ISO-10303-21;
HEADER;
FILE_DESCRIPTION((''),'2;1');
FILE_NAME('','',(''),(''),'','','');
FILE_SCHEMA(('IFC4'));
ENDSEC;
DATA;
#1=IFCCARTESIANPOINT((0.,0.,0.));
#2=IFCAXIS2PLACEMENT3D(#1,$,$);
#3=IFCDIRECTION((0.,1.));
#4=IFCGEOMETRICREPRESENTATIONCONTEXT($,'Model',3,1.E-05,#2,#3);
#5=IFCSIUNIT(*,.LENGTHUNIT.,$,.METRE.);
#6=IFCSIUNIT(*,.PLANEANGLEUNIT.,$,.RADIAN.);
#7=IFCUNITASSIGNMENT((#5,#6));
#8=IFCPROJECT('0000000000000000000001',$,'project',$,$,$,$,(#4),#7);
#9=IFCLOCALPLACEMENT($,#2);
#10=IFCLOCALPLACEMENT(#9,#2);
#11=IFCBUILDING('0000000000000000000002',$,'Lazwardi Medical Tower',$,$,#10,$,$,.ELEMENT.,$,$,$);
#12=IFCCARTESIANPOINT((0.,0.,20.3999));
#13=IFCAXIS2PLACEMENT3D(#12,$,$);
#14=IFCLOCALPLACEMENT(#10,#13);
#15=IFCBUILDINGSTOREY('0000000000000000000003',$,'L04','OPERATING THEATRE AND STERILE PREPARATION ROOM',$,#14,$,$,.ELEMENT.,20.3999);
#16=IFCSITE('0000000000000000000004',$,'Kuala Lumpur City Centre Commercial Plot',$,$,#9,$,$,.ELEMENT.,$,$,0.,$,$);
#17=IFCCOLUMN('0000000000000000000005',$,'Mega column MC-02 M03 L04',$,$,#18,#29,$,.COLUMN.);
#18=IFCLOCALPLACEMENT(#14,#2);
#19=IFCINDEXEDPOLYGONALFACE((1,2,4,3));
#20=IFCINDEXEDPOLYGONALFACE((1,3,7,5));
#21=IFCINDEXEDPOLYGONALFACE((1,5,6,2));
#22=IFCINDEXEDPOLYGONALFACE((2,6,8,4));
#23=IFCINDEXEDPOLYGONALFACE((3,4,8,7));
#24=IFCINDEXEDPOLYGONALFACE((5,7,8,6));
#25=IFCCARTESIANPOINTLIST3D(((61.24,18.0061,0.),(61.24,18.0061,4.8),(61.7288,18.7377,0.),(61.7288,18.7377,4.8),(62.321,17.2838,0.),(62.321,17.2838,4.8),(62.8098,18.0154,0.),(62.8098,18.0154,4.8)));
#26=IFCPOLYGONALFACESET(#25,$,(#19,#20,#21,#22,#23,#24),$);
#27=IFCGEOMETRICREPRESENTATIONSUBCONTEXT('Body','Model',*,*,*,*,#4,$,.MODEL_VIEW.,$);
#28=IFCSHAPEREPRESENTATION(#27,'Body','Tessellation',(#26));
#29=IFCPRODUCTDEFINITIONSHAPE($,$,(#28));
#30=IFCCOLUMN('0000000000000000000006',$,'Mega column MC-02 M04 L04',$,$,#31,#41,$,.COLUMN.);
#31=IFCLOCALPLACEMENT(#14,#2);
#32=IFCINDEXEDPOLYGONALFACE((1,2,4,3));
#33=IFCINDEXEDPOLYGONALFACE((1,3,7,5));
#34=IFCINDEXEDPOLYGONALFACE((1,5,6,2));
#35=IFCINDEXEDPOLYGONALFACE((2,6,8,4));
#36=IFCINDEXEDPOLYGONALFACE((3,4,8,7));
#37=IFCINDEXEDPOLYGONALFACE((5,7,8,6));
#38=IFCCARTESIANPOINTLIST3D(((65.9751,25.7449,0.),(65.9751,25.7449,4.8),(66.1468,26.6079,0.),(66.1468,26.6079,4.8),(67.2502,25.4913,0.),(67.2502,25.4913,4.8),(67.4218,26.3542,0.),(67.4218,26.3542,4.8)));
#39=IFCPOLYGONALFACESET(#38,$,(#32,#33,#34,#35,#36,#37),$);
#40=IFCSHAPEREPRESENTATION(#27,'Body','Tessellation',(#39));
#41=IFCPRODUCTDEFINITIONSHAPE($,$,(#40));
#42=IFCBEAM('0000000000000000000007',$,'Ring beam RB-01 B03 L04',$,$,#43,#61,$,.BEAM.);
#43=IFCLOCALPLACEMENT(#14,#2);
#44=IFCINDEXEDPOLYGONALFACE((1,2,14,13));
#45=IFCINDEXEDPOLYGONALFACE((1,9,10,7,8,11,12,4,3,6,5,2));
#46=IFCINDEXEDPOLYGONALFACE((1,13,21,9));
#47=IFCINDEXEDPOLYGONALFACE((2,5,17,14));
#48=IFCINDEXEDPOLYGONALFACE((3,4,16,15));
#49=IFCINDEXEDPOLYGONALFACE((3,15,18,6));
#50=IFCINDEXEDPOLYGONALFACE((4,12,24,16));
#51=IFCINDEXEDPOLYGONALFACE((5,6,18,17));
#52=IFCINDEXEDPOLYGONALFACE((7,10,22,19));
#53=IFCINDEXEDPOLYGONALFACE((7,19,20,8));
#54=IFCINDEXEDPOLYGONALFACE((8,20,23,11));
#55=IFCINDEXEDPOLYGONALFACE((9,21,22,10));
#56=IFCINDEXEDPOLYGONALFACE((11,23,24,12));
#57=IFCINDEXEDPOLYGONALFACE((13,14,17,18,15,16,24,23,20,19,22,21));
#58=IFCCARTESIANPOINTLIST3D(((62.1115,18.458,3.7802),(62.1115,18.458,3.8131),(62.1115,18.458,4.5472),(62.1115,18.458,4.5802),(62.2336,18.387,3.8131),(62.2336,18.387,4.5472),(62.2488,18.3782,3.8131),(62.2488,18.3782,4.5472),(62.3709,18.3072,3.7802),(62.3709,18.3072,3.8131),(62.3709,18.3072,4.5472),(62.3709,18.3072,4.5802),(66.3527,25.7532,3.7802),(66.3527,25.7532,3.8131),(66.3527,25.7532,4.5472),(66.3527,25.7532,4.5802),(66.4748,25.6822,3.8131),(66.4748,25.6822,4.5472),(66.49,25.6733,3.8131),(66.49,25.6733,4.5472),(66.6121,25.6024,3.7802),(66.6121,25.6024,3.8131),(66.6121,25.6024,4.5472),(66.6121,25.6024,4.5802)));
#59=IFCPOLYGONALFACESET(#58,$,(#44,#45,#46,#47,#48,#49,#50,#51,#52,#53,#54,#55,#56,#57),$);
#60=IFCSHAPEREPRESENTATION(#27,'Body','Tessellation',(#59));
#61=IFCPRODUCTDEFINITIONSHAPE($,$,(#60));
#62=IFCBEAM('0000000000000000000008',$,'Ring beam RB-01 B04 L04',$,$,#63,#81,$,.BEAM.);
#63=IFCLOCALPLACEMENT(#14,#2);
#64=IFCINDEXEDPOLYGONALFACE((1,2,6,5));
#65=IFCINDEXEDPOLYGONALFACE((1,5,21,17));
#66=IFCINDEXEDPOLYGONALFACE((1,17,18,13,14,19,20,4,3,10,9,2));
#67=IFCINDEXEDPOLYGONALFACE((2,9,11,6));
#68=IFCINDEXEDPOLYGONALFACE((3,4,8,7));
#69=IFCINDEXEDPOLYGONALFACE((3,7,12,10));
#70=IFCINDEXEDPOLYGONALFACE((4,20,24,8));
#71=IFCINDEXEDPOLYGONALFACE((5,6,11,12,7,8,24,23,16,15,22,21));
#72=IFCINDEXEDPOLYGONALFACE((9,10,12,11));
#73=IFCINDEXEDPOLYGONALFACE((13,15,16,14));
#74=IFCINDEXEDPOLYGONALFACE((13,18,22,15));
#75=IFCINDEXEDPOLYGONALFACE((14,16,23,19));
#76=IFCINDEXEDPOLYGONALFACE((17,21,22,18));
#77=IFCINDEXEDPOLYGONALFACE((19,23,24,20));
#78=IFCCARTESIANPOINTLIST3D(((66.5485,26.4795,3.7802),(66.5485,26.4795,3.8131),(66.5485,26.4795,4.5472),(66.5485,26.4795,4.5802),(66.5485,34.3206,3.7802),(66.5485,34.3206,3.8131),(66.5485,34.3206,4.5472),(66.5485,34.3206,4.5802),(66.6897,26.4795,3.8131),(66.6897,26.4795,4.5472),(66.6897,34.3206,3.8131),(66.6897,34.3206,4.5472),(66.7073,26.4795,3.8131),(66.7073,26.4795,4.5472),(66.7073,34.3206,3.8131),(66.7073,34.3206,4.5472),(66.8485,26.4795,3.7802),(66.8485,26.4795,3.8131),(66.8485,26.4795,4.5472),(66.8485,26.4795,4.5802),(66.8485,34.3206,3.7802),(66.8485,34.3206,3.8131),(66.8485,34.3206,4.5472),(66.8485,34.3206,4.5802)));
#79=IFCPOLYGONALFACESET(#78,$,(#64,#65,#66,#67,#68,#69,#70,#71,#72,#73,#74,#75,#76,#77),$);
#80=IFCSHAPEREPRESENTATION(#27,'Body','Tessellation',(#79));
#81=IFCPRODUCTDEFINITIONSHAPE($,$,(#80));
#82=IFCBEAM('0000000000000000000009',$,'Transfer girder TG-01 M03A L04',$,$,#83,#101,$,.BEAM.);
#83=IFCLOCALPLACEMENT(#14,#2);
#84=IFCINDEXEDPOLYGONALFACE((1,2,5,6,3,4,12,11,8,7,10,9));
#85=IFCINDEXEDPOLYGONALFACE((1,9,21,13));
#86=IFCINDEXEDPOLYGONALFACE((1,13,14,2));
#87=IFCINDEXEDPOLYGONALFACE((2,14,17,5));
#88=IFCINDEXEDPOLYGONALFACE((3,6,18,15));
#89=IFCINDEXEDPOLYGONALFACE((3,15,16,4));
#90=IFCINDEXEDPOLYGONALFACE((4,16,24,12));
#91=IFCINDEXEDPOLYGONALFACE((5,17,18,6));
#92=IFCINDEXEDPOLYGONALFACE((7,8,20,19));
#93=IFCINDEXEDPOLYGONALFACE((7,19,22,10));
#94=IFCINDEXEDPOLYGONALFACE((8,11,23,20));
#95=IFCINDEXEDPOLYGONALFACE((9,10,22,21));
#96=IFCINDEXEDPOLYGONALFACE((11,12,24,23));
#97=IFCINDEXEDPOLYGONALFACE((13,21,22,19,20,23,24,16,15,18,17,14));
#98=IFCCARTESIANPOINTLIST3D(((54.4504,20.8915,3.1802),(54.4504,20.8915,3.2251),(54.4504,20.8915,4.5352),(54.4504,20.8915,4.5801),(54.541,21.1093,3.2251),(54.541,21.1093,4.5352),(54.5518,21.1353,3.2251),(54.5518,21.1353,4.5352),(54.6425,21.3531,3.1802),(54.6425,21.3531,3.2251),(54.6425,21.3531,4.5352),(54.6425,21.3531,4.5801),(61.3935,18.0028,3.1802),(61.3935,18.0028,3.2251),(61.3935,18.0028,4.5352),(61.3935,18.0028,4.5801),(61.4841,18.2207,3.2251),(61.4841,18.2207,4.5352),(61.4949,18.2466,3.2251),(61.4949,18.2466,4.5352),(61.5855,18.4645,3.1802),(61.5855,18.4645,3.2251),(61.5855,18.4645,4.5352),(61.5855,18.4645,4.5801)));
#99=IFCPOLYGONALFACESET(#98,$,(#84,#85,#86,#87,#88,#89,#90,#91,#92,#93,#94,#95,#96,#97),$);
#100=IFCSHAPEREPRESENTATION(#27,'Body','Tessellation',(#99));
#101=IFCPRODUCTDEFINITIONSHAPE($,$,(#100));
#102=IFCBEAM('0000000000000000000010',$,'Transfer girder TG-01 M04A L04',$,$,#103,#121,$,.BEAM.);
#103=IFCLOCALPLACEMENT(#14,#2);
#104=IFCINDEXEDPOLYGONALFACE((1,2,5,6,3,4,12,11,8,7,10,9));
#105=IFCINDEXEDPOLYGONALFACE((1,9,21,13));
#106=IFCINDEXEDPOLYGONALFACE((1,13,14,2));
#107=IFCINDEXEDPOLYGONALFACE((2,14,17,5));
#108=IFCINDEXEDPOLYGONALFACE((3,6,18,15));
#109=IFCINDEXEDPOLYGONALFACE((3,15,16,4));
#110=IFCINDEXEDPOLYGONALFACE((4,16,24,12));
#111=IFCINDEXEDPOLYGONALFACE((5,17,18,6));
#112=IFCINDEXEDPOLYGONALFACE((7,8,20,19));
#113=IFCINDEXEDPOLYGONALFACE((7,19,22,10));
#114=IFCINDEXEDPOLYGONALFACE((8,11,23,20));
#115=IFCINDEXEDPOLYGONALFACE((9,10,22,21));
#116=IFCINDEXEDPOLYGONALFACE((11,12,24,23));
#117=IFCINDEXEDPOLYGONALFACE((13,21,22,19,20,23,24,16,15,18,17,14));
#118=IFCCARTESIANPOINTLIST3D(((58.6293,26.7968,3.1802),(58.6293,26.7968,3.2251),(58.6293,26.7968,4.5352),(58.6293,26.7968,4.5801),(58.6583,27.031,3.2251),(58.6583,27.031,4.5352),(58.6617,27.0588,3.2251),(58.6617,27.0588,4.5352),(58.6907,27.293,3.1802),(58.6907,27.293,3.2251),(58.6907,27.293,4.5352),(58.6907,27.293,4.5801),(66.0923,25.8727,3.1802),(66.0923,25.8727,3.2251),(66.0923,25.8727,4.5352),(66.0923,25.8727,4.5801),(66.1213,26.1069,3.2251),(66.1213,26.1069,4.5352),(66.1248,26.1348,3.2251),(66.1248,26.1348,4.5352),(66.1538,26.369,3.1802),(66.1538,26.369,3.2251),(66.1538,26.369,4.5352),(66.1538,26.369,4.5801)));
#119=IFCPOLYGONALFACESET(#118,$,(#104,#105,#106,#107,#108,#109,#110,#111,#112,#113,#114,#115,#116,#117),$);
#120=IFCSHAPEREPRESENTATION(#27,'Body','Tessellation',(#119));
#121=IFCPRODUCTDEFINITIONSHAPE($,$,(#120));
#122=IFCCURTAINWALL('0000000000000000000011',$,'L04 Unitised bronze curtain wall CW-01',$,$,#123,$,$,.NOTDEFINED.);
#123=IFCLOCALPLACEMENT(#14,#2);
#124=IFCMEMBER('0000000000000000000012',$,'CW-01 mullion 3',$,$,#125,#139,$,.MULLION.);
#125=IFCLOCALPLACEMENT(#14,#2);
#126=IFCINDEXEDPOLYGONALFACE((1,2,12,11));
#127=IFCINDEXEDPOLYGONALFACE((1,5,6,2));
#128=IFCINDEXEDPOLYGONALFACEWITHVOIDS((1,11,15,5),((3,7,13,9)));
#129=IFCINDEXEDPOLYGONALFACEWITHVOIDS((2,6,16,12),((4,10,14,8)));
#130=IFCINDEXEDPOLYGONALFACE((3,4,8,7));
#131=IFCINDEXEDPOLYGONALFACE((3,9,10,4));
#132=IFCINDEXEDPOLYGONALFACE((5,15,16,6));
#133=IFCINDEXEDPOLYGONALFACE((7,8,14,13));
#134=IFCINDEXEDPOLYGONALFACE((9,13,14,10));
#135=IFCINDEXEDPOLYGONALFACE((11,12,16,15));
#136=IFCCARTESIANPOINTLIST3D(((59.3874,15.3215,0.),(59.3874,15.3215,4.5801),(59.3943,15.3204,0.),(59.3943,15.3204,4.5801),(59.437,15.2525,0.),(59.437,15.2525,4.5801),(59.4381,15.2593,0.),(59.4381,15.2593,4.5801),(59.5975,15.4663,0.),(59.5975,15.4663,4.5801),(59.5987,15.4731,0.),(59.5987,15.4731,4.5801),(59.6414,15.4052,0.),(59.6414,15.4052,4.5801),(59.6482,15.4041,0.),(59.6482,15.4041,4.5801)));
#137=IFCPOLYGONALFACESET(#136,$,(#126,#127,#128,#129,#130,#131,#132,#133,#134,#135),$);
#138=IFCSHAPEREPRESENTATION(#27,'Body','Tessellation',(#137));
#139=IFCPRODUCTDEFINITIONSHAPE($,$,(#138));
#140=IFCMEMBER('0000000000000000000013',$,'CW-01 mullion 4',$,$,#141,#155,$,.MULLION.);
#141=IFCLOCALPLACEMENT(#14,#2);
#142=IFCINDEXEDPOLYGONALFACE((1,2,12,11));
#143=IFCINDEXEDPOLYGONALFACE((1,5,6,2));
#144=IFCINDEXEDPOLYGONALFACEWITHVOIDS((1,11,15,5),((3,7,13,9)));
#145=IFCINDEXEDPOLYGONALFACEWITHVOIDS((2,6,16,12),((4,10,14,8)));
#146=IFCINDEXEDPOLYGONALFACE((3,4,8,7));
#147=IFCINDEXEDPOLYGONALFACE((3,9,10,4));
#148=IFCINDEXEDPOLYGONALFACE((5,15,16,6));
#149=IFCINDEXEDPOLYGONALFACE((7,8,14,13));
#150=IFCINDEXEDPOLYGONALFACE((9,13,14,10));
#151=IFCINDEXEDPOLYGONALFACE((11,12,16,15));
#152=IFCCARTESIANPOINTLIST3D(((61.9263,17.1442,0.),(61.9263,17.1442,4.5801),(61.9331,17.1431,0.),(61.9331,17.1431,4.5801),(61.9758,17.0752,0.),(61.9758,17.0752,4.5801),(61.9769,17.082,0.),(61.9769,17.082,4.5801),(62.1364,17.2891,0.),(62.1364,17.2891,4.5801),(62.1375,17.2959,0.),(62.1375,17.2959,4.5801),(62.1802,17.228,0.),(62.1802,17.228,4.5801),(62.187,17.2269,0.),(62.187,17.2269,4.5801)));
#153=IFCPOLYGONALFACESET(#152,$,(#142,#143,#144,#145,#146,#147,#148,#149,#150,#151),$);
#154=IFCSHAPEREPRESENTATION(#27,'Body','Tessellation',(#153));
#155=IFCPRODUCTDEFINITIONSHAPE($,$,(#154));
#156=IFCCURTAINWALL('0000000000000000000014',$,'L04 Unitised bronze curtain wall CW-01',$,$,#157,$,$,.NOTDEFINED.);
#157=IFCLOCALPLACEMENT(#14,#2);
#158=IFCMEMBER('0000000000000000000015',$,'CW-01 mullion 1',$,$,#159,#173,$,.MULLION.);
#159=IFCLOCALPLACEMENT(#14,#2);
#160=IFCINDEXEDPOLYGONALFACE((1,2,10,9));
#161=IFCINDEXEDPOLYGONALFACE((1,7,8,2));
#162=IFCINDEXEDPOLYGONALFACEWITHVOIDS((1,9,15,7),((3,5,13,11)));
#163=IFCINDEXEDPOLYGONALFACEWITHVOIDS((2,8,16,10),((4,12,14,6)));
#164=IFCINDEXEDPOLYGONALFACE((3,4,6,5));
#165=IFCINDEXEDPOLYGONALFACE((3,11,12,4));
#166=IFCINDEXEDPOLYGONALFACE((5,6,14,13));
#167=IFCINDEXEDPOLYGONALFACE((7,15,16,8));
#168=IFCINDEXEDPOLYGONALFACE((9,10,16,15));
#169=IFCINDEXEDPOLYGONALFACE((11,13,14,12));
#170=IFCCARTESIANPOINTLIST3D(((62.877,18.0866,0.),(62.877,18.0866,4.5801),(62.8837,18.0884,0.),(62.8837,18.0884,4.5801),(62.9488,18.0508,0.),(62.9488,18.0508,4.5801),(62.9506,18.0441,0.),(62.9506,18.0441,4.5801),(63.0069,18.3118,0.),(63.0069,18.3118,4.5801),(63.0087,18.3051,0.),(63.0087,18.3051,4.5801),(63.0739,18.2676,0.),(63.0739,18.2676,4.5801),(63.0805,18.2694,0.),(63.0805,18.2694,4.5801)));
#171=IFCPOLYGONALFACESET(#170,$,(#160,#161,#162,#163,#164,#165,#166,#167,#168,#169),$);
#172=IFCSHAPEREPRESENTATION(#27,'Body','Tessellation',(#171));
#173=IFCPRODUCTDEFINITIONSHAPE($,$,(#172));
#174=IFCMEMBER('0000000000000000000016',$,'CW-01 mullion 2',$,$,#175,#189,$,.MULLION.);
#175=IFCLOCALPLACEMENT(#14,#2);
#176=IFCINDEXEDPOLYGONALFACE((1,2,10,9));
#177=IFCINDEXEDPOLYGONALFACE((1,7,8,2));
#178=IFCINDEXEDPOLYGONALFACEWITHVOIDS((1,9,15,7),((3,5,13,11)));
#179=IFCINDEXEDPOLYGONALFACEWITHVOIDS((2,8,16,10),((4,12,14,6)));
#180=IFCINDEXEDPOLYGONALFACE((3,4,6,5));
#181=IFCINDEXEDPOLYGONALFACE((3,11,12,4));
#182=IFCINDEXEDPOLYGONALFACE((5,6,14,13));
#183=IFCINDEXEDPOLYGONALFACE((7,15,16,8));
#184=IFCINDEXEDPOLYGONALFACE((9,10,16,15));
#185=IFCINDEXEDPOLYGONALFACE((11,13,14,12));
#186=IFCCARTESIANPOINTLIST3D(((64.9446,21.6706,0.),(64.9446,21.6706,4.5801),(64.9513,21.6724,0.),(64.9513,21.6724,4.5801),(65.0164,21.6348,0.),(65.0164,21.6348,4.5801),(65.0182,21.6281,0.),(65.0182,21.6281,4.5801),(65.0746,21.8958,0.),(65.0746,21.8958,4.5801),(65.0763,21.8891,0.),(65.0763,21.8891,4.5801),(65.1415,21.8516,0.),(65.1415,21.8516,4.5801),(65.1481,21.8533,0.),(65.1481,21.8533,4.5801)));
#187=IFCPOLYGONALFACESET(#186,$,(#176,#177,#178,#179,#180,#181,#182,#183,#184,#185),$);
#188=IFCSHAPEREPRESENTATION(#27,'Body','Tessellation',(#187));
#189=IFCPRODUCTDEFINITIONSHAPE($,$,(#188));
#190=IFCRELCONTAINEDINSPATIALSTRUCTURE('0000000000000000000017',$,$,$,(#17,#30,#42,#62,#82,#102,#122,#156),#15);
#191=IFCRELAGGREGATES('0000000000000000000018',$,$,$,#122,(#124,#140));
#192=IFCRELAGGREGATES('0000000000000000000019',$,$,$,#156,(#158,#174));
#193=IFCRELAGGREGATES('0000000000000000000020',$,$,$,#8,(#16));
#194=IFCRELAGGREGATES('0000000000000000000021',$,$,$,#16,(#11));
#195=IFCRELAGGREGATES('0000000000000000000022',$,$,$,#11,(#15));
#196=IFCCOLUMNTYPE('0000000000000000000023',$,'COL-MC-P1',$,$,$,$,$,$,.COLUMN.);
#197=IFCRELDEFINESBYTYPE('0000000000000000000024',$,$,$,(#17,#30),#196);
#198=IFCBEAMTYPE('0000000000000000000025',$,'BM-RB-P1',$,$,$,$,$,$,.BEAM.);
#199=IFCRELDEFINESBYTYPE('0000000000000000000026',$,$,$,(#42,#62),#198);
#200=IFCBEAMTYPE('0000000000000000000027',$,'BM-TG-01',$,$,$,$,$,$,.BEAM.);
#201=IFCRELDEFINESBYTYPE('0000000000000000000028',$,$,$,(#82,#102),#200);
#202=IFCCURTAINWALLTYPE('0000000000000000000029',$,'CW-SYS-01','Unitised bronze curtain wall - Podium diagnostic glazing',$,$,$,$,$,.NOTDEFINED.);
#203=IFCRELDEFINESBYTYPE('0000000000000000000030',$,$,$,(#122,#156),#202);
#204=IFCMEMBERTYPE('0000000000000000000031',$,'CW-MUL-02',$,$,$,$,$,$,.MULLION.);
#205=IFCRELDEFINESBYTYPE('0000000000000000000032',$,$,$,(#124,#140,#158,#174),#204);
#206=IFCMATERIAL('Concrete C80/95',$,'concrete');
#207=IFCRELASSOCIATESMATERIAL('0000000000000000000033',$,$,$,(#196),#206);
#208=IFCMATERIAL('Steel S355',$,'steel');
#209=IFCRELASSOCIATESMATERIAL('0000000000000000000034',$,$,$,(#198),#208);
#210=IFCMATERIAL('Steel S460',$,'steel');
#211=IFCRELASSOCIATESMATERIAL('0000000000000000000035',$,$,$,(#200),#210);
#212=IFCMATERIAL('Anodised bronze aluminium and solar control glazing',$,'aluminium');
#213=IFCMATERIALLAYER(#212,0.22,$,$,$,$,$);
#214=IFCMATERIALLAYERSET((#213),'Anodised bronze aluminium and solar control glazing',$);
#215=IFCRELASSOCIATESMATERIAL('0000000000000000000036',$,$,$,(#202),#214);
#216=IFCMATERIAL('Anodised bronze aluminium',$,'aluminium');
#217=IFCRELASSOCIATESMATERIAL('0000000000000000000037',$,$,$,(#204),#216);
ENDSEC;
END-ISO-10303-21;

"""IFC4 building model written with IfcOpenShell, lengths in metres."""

from ifc_helpers import new_model, si_unit, direction, frame, origin, origin_2d, place, context, subcontext, project, spatial, rectangle, hollow_rectangle, i_section, extrude, material, layer, layer_set, material_profile, profile_set, type_object, element, aggregate, save


model = new_model("IFC4")

# Units and contexts
model_context = context("Model", 3, precision=1e-05, world=origin(), true_north=direction((0.0, 1.0)))
body_context = subcontext(model_context, "Body", "Model", "MODEL_VIEW")
ifc_project = project(units=[si_unit("LENGTHUNIT", "METRE"), si_unit("PLANEANGLEUNIT", "RADIAN")], contexts=[model_context])

# Site, building, storey
site_placement = place(None, origin())
site = spatial("IfcSite", under=ifc_project, at=site_placement, Name="Kuala Lumpur City Centre Commercial Plot", CompositionType="ELEMENT", RefElevation=0.0)
building_placement = place(site_placement, origin())
building = spatial("IfcBuilding", under=site, at=building_placement, Name="Lazwardi Medical Tower", CompositionType="ELEMENT")
storey_placement = place(building_placement, frame((0.0, 0.0, 20.3999)))
storey = spatial("IfcBuildingStorey", under=building, at=storey_placement, Name="L04", Description="OPERATING THEATRE AND STERILE PREPARATION ROOM", CompositionType="ELEMENT", Elevation=20.3999)

# Columns
ifc_material_1 = material(Name="Concrete C80/95", Category="concrete")
ifc_material_profile_1 = material_profile(ifc_material_1, rectangle(XDim=1.3, YDim=0.8799, at=origin_2d()), Name="CFT-RECT 1300x880")
ifc_profile_set_1 = profile_set([ifc_material_profile_1], Name="Concrete C80/95")
column_type = type_object("IfcColumnType", Name="COL-MC-P1", PredefinedType="COLUMN", material=ifc_profile_set_1)
for number, where, z_axis, x_axis, name in (
    (1, (62.0249, 18.0107, 0.0), (0.0, 0.0, 1.0), (0.83147, -0.55557, 0.0), "Mega column MC-02 M03 L04"),
    (2, (66.6985, 26.0496, 0.0), (0.0, 0.0, 1.0), (0.980785, -0.19509, 0.0), "Mega column MC-02 M04 L04"),
):
    element("IfcColumn", number, at=place(storey_placement, frame(where, z_axis=z_axis, x_axis=x_axis)), inside=storey, type_object=column_type, Name=name, PredefinedType="COLUMN", context=body_context, shape_type="SweptSolid", body=[
        extrude(rectangle(XDim=1.3, YDim=0.8799, at=origin_2d()), origin(), (0.0, 0.0, 1.0), 4.8),
    ])

# Beams
ifc_material_2 = material(Name="Steel S355", Category="steel")
ifc_material_profile_2 = material_profile(ifc_material_2, i_section(OverallWidth=0.3, OverallDepth=0.8, WebThickness=0.0176, FlangeThickness=0.033, at=origin_2d()), Name="HEB 800")
ifc_profile_set_2 = profile_set([ifc_material_profile_2], Name="Steel S355")
beam_type_1 = type_object("IfcBeamType", Name="BM-RB-P1", PredefinedType="BEAM", material=ifc_profile_set_2)
beam_1_placement = place(storey_placement, frame((62.2412, 18.3826, 4.1802), z_axis=(0.502606, 0.864516, 0.0), x_axis=(-0.864516, 0.502606, 0.0)))
element("IfcBeam", 3, at=beam_1_placement, inside=storey, type_object=beam_type_1, Name="Ring beam RB-01 B03 L04", PredefinedType="BEAM", context=body_context, shape_type="SweptSolid", body=[
    extrude(i_section(OverallWidth=0.3, OverallDepth=0.8, WebThickness=0.0176, FlangeThickness=0.033, at=origin_2d()), origin(), (0.0, 0.0, 1.0), 8.4385),
])
beam_2_placement = place(storey_placement, frame((66.6985, 26.4795, 4.1802), z_axis=(0.0, 1.0, 0.0), x_axis=(-1.0, 0.0, 0.0)))
element("IfcBeam", 4, at=beam_2_placement, inside=storey, type_object=beam_type_1, Name="Ring beam RB-01 B04 L04", PredefinedType="BEAM", context=body_context, shape_type="SweptSolid", body=[
    extrude(i_section(OverallWidth=0.3, OverallDepth=0.8, WebThickness=0.0176, FlangeThickness=0.033, at=origin_2d()), origin(), (0.0, 0.0, 1.0), 7.8411),
])
ifc_material_3 = material(Name="Steel S460", Category="steel")
ifc_material_profile_3 = material_profile(ifc_material_3, i_section(OverallWidth=0.5, OverallDepth=1.3999, WebThickness=0.0281, FlangeThickness=0.0449, at=origin_2d()), Name="PG 1400x500")
ifc_profile_set_3 = profile_set([ifc_material_profile_3], Name="Steel S460")
beam_type_2 = type_object("IfcBeamType", Name="BM-TG-01", PredefinedType="BEAM", material=ifc_profile_set_3)
for number, where, z_axis, x_axis, name in (
    (5, (61.4895, 18.2336, 3.8801), (-0.923279, 0.384129, 0.0), (-0.384129, -0.923279, 0.0), "Transfer girder TG-01 M03A L04"),
    (6, (66.123, 26.1208, 3.8801), (-0.992422, 0.12288, 0.0), (-0.12288, -0.992422, 0.0), "Transfer girder TG-01 M04A L04"),
):
    element("IfcBeam", number, at=place(storey_placement, frame(where, z_axis=z_axis, x_axis=x_axis)), inside=storey, type_object=beam_type_2, Name=name, PredefinedType="BEAM", context=body_context, shape_type="SweptSolid", body=[
        extrude(i_section(OverallWidth=0.5, OverallDepth=1.3999, WebThickness=0.0281, FlangeThickness=0.0449, at=origin_2d()), origin(), (0.0, 0.0, 1.0), 7.52),
    ])

# Curtain walls, members
ifc_material_4 = material(Name="Anodised bronze aluminium and solar control glazing", Category="aluminium")
ifc_layer_1 = layer(ifc_material_4, 0.22)
ifc_layer_set_1 = layer_set([ifc_layer_1], Name="Anodised bronze aluminium and solar control glazing")
curtain_wall_type = type_object("IfcCurtainWallType", Name="CW-SYS-01", Description="Unitised bronze curtain wall - Podium diagnostic glazing", PredefinedType="NOTDEFINED", material=ifc_layer_set_1)
curtain_wall_1_placement = place(storey_placement, origin())
curtain_wall_1 = element("IfcCurtainWall", 7, at=curtain_wall_1_placement, inside=storey, type_object=curtain_wall_type, Name="L04 Unitised bronze curtain wall CW-01", PredefinedType="NOTDEFINED")
ifc_material_5 = material(Name="Anodised bronze aluminium", Category="aluminium")
ifc_material_profile_4 = material_profile(ifc_material_5, hollow_rectangle(XDim=0.085, YDim=0.26, WallThickness=0.0049, at=origin_2d()), Name="ALU-MULLION 260x85x5")
ifc_profile_set_4 = profile_set([ifc_material_profile_4], Name="Anodised bronze aluminium")
member_type_1 = type_object("IfcMemberType", Name="CW-MUL-02", PredefinedType="MULLION", material=ifc_profile_set_4)
member_1_placement = place(storey_placement, frame((59.5178, 15.3628, 0.0), z_axis=(0.0, 0.0, 1.0), x_axis=(-0.583214, 0.812318, 0.0)))
member_1 = element("IfcMember", 8, at=member_1_placement, type_object=member_type_1, Name="CW-01 mullion 3", PredefinedType="MULLION", context=body_context, shape_type="SweptSolid", body=[
    extrude(hollow_rectangle(XDim=0.085, YDim=0.26, WallThickness=0.0049, at=origin_2d()), origin(), (0.0, 0.0, 1.0), 4.5801),
])
member_2_placement = place(storey_placement, frame((62.0566, 17.1855, 0.0), z_axis=(0.0, 0.0, 1.0), x_axis=(-0.583214, 0.812318, 0.0)))
member_2 = element("IfcMember", 9, at=member_2_placement, type_object=member_type_1, Name="CW-01 mullion 4", PredefinedType="MULLION", context=body_context, shape_type="SweptSolid", body=[
    extrude(hollow_rectangle(XDim=0.085, YDim=0.26, WallThickness=0.0049, at=origin_2d()), origin(), (0.0, 0.0, 1.0), 4.5801),
])
curtain_wall_2_placement = place(storey_placement, origin())
curtain_wall_2 = element("IfcCurtainWall", 10, at=curtain_wall_2_placement, inside=storey, type_object=curtain_wall_type, Name="L04 Unitised bronze curtain wall CW-01", PredefinedType="NOTDEFINED")
member_3_placement = place(storey_placement, frame((62.9788, 18.178, 0.0), z_axis=(0.0, 0.0, 1.0), x_axis=(-0.866181, 0.499731, 0.0)))
member_3 = element("IfcMember", 11, at=member_3_placement, type_object=member_type_1, Name="CW-01 mullion 1", PredefinedType="MULLION", context=body_context, shape_type="SweptSolid", body=[
    extrude(hollow_rectangle(XDim=0.085, YDim=0.26, WallThickness=0.0049, at=origin_2d()), origin(), (0.0, 0.0, 1.0), 4.5801),
])
member_4_placement = place(storey_placement, frame((65.0464, 21.762, 0.0), z_axis=(0.0, 0.0, 1.0), x_axis=(-0.866181, 0.499731, 0.0)))
member_4 = element("IfcMember", 12, at=member_4_placement, type_object=member_type_1, Name="CW-01 mullion 2", PredefinedType="MULLION", context=body_context, shape_type="SweptSolid", body=[
    extrude(hollow_rectangle(XDim=0.085, YDim=0.26, WallThickness=0.0049, at=origin_2d()), origin(), (0.0, 0.0, 1.0), 4.5801),
])

aggregate(curtain_wall_1, [member_1, member_2])
aggregate(curtain_wall_2, [member_3, member_4])

save(model, "model.ifc")
